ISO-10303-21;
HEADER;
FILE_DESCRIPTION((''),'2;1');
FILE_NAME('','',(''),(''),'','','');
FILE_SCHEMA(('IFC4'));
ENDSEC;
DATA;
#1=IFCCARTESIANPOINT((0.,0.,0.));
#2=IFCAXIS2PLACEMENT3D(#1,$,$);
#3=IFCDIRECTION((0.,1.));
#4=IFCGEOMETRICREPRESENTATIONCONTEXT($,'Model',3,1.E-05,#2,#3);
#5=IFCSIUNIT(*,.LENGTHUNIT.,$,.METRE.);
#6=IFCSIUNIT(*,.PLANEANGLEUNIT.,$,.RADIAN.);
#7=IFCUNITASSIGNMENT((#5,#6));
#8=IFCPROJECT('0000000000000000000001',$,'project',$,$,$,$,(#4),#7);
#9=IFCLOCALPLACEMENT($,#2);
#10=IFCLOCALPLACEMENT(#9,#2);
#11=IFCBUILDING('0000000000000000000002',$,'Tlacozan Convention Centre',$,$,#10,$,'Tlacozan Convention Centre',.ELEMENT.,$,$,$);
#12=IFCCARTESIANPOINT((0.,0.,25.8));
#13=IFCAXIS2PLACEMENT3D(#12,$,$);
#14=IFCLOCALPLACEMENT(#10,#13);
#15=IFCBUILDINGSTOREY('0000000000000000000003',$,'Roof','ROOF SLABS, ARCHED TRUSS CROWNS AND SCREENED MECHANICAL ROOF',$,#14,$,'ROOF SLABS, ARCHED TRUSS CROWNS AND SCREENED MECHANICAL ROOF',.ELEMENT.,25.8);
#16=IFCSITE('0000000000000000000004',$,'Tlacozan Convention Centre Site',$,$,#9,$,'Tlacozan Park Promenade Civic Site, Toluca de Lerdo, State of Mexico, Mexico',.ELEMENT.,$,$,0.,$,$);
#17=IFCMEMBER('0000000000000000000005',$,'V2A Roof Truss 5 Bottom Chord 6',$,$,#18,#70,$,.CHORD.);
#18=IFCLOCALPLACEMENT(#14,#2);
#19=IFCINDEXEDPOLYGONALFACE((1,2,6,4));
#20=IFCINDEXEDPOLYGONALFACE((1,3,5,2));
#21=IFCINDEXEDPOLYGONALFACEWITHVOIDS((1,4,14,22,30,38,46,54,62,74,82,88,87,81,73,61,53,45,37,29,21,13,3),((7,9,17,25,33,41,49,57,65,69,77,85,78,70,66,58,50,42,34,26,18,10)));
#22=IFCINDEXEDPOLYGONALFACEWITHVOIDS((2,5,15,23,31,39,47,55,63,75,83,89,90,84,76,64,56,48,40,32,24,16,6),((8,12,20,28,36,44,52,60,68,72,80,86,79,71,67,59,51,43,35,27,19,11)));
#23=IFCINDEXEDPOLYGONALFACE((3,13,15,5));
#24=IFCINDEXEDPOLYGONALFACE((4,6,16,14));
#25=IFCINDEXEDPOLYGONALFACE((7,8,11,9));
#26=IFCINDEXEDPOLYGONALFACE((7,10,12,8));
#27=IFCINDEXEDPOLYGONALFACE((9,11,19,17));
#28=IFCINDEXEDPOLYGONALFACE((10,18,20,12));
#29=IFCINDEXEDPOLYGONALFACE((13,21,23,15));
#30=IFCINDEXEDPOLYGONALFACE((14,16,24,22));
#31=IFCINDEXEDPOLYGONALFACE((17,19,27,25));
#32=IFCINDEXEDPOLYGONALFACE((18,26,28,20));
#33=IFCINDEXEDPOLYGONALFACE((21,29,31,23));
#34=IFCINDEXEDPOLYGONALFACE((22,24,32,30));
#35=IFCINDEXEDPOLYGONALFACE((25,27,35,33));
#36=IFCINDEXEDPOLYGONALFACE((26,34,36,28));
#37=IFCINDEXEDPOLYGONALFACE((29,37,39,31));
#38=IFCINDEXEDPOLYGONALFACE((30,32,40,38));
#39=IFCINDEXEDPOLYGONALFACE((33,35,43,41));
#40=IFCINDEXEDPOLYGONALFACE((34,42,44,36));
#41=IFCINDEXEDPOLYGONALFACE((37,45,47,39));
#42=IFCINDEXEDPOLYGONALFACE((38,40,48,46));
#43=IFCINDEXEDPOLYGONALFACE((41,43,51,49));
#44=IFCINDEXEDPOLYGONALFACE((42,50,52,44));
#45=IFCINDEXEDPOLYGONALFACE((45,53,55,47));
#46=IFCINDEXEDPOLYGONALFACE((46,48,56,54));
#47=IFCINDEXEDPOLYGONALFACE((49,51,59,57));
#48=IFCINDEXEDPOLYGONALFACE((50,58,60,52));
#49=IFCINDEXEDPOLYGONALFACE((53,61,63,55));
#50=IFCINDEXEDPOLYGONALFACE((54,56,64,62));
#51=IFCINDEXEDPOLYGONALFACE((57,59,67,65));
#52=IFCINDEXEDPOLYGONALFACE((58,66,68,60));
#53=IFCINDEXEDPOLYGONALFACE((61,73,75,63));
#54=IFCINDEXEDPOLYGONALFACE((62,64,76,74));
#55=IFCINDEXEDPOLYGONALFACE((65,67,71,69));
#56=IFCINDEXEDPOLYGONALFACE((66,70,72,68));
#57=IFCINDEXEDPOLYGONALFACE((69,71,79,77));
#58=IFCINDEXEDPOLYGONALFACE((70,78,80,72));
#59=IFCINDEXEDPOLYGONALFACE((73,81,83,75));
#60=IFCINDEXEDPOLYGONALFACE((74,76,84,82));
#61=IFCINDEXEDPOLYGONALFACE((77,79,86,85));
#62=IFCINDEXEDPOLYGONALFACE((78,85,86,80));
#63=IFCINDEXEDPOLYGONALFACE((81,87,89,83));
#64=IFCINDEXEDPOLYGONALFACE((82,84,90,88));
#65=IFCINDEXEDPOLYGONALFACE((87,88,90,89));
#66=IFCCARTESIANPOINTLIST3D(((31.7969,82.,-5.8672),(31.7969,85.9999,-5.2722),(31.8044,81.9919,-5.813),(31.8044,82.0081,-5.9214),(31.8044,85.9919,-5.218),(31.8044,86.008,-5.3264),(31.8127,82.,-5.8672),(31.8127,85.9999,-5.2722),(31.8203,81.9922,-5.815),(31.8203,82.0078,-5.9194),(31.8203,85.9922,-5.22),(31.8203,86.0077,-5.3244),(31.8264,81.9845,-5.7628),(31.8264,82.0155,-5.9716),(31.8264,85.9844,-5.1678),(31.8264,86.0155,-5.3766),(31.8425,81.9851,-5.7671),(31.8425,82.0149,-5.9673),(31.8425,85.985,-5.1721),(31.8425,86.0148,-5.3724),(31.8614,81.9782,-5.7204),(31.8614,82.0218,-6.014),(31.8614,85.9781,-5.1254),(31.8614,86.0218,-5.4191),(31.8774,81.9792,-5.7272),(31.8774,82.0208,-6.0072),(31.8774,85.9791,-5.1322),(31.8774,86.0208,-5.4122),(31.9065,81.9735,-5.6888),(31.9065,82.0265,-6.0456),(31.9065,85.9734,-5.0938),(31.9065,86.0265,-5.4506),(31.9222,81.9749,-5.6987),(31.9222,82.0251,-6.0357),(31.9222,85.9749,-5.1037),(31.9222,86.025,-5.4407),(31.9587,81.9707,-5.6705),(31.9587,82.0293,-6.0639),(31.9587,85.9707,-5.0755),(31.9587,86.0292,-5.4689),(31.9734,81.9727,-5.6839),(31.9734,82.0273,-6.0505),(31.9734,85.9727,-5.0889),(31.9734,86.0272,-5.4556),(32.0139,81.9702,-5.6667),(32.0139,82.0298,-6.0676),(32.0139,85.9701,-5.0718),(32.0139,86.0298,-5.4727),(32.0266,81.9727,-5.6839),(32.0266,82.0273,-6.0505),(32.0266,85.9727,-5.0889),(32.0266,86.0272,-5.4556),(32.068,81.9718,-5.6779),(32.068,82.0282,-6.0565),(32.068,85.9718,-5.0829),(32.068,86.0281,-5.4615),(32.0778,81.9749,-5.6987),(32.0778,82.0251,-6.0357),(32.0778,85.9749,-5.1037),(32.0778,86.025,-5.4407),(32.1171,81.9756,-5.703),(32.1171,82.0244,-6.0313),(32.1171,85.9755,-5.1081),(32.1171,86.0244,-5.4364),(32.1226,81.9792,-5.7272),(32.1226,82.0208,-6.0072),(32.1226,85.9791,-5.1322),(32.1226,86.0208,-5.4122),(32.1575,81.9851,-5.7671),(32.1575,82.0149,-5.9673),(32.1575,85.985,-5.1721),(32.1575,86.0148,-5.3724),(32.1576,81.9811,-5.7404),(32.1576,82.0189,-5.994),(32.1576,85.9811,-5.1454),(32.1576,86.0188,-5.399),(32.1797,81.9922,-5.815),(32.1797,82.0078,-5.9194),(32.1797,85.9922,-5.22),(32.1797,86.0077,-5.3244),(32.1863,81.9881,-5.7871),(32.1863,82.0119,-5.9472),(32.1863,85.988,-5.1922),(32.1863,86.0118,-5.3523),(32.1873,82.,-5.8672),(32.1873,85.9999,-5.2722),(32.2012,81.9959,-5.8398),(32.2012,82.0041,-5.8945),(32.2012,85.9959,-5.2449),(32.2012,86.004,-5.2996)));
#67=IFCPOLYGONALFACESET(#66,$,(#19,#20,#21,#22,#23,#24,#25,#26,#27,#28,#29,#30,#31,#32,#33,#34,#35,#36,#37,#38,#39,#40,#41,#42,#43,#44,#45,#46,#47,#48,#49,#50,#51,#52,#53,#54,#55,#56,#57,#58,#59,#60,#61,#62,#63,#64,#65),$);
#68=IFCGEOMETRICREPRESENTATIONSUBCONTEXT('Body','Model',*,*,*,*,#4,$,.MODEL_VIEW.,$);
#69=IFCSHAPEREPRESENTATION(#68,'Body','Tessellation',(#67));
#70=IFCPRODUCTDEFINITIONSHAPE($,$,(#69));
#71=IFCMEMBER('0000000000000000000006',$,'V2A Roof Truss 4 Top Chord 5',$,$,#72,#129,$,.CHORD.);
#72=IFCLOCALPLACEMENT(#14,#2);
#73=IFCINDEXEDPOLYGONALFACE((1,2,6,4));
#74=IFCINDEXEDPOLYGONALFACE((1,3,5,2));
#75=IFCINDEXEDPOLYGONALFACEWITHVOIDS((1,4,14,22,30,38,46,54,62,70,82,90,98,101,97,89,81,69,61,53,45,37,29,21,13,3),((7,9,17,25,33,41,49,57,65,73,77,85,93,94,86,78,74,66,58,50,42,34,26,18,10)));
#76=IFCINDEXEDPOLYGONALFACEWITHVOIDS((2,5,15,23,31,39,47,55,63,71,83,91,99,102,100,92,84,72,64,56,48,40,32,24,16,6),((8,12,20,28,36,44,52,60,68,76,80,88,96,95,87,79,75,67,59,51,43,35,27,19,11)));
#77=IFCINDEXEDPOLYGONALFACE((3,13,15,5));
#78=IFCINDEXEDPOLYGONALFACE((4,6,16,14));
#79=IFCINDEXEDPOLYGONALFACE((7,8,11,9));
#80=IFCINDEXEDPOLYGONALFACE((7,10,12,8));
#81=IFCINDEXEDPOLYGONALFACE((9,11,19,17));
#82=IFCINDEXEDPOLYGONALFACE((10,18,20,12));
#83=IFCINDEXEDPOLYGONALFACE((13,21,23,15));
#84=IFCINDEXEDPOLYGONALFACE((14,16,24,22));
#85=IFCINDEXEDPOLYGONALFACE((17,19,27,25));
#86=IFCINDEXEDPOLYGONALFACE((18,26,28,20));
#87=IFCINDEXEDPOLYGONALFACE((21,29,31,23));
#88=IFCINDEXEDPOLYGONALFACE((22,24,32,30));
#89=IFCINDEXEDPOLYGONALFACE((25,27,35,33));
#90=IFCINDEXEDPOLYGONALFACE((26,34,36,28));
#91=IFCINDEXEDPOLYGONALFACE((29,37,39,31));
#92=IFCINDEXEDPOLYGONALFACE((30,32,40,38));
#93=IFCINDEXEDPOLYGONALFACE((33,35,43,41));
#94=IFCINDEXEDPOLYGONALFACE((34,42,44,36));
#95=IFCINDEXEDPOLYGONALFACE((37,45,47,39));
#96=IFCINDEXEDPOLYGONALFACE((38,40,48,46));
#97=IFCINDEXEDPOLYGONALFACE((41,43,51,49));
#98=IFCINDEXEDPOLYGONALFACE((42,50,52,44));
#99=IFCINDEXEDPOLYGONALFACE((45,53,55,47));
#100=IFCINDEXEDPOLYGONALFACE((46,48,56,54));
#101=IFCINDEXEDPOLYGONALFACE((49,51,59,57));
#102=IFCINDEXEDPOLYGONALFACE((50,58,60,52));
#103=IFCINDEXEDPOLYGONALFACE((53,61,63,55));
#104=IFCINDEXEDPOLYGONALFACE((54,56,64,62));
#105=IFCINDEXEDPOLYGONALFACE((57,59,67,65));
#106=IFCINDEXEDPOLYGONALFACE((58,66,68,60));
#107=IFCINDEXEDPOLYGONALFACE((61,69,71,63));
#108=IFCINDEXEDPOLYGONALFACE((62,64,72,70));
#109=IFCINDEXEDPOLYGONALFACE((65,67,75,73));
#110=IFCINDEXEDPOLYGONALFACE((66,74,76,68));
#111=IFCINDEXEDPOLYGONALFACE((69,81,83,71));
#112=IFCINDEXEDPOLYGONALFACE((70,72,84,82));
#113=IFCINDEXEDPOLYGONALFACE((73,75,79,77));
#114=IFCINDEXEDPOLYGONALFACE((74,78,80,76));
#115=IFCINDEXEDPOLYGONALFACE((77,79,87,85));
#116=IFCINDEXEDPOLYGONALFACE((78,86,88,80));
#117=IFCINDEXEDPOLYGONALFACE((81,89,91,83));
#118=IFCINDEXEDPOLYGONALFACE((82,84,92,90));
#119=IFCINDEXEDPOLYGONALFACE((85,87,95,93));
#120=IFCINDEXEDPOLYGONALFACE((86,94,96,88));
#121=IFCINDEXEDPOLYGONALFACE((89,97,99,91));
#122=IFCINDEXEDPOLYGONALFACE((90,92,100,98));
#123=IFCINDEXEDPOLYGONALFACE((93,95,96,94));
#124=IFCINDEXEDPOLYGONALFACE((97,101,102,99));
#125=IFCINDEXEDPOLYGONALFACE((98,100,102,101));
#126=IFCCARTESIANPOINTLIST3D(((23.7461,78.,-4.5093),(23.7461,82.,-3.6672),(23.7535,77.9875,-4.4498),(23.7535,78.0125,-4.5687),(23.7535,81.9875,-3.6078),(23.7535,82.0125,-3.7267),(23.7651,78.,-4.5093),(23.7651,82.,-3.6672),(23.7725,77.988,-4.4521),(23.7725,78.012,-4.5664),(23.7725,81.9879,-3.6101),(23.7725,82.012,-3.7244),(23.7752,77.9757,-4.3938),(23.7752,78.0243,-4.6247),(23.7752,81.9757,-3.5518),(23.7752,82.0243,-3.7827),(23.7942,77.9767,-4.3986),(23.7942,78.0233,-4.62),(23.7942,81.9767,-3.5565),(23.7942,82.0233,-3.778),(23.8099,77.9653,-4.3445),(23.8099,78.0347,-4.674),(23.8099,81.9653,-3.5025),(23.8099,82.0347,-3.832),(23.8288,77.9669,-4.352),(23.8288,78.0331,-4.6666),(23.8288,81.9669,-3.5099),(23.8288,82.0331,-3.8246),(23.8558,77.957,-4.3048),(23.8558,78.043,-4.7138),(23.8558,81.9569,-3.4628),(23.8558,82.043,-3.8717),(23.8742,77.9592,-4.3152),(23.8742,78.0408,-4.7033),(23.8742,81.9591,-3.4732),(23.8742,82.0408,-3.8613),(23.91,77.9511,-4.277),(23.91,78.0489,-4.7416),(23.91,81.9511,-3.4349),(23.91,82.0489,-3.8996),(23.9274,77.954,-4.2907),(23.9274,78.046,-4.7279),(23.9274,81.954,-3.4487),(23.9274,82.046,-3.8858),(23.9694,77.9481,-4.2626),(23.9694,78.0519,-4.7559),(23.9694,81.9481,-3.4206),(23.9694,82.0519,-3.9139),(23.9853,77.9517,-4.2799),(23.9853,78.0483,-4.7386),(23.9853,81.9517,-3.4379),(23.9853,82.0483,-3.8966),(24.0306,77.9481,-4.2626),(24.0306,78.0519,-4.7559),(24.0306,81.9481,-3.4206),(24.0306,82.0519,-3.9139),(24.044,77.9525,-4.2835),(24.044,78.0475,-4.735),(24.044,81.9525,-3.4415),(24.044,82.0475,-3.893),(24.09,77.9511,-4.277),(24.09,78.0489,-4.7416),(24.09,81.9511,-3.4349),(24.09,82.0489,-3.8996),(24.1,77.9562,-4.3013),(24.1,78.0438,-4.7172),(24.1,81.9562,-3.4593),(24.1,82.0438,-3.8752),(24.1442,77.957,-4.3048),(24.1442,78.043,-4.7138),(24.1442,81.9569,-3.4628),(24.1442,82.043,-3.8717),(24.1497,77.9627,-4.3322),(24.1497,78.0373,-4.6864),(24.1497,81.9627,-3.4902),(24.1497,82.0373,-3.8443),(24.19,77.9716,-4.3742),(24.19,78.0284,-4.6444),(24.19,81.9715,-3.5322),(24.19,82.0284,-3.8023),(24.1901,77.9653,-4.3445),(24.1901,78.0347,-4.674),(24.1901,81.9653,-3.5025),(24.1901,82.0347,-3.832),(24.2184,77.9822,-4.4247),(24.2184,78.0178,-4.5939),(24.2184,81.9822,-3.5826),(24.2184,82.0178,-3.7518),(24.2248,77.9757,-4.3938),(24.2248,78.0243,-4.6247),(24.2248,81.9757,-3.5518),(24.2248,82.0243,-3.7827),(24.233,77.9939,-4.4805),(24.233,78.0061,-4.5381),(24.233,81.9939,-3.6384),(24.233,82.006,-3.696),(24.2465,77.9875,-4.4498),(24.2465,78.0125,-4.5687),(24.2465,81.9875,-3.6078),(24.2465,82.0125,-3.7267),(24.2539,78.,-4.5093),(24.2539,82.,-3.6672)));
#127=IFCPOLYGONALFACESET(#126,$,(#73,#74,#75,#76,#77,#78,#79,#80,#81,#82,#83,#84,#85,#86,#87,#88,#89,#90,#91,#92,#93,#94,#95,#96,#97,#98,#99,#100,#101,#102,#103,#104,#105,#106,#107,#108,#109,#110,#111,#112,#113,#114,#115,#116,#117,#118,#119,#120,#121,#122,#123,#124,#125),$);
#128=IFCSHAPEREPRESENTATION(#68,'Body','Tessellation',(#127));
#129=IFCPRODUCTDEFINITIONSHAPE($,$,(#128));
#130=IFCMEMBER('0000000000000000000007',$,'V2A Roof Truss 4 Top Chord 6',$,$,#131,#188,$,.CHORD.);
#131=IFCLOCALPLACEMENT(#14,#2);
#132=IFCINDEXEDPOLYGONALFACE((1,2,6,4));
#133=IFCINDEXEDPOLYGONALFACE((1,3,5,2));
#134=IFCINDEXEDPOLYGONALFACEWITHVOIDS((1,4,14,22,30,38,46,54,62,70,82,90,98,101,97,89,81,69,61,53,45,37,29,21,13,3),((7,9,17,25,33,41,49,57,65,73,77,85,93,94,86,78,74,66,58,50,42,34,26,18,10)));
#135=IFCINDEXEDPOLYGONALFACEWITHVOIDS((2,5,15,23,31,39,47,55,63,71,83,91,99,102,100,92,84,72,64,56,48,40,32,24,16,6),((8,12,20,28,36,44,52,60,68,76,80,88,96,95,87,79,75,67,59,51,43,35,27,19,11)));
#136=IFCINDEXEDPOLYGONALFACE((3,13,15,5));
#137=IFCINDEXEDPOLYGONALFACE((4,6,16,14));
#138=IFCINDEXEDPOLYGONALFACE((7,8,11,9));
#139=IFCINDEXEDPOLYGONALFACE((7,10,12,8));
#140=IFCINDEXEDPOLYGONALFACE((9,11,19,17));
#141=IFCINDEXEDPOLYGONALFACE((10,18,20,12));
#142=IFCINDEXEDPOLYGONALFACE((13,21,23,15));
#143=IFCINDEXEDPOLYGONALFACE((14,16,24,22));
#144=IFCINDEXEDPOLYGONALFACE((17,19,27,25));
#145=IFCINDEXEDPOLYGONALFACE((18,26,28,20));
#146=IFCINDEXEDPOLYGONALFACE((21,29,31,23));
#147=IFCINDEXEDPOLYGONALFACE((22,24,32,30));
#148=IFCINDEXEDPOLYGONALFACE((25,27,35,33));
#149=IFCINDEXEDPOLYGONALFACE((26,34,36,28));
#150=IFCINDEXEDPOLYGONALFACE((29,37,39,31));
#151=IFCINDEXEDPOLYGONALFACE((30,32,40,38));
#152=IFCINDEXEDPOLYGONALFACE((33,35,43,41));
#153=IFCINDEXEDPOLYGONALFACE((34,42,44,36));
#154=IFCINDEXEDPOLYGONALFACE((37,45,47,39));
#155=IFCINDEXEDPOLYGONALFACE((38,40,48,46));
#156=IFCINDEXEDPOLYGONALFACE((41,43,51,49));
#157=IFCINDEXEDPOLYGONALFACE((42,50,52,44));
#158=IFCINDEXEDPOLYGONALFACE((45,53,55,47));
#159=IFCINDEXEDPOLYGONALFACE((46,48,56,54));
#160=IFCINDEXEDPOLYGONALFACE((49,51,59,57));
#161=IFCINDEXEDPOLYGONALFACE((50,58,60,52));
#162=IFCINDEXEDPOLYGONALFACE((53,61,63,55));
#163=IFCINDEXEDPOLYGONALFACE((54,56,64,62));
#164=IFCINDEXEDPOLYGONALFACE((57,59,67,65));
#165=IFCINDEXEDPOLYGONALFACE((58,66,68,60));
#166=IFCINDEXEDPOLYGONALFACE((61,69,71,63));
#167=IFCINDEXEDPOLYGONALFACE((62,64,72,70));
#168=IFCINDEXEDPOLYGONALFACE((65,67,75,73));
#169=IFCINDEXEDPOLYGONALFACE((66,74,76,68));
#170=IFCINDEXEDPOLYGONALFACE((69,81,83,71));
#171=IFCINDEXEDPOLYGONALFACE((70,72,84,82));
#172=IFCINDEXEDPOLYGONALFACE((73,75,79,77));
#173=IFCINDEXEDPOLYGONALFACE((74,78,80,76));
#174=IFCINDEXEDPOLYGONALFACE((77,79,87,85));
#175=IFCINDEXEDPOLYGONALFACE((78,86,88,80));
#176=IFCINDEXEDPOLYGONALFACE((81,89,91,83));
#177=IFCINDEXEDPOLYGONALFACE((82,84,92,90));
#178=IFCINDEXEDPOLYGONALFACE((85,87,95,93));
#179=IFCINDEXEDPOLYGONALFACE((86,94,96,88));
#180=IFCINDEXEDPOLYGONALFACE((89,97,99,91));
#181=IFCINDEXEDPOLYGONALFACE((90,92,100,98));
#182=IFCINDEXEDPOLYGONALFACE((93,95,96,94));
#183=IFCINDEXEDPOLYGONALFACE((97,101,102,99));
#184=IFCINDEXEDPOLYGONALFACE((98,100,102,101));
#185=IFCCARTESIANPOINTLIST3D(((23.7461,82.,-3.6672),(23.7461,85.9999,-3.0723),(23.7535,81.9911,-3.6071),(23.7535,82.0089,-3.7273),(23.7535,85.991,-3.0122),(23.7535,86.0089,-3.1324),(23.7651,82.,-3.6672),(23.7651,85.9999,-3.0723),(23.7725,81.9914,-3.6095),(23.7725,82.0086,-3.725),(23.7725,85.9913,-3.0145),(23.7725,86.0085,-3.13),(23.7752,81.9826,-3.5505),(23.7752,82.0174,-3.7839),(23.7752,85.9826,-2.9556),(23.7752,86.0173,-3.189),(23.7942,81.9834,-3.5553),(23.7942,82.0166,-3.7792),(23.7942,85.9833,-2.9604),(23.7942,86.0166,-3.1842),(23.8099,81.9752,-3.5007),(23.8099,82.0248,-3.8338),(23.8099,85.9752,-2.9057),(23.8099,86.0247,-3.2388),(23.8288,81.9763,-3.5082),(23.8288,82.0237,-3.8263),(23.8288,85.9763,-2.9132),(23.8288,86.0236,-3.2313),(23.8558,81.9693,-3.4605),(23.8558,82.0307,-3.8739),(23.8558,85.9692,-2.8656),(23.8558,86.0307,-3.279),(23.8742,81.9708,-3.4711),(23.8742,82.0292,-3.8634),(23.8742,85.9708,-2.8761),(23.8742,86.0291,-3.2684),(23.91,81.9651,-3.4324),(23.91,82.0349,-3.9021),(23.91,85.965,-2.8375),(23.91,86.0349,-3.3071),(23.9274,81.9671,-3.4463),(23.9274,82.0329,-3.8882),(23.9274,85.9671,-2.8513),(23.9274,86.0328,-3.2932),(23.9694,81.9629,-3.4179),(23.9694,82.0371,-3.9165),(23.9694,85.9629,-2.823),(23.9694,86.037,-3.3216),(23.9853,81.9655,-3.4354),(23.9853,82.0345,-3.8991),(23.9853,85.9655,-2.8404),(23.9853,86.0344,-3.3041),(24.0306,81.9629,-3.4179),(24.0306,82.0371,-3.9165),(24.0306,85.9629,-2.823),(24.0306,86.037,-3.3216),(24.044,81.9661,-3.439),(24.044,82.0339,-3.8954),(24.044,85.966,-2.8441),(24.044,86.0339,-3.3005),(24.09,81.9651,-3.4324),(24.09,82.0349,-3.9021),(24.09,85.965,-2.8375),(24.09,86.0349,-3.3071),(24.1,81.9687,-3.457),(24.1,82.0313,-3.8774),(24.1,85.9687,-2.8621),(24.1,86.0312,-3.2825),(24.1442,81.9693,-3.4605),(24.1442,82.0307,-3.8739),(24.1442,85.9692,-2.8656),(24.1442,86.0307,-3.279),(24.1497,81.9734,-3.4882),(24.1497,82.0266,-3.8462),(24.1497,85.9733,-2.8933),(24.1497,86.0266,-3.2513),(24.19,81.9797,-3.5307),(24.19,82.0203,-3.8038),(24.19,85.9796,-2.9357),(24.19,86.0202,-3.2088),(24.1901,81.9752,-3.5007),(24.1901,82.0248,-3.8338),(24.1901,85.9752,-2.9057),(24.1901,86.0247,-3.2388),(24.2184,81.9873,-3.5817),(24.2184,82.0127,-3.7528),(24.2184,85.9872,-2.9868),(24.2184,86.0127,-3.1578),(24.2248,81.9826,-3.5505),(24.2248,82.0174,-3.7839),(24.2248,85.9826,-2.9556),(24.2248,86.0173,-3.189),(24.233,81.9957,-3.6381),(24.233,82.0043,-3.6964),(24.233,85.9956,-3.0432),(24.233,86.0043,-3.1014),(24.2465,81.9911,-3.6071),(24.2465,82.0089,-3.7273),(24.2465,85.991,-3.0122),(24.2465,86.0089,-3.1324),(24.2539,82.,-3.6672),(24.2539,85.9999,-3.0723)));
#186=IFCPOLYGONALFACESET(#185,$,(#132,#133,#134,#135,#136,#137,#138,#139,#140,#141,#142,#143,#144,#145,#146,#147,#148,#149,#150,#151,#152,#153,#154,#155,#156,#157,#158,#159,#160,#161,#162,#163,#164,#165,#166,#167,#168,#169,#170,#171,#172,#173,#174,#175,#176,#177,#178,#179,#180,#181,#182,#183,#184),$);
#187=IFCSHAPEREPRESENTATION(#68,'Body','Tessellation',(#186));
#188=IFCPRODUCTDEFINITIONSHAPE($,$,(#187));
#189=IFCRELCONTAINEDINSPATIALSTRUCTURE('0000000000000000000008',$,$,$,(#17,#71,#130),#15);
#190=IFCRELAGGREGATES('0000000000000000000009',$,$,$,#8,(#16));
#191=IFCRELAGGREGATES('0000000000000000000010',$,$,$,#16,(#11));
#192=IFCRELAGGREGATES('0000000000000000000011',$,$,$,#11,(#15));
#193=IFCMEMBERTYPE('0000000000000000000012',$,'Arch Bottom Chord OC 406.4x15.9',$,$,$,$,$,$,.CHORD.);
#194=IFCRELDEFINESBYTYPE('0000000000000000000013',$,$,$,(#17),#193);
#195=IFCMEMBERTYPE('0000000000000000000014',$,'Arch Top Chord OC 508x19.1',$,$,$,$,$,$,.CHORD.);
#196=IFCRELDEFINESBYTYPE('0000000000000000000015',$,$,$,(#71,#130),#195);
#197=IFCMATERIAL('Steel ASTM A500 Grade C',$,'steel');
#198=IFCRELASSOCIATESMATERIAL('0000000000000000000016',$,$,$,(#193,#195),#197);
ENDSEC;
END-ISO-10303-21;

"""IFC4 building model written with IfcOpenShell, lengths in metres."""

from ifc_helpers import new_model, si_unit, direction, frame, origin, origin_2d, place, context, subcontext, project, spatial, hollow_circle, extrude, material, material_profile, profile_set, type_object, element, save


model = new_model("IFC4")

# Units and contexts
model_context = context("Model", 3, precision=1e-05, world=origin(), true_north=direction((0.0, 1.0)))
body_context = subcontext(model_context, "Body", "Model", "MODEL_VIEW")
ifc_project = project(units=[si_unit("LENGTHUNIT", "METRE"), si_unit("PLANEANGLEUNIT", "RADIAN")], contexts=[model_context])

# Site, building, storey
site_placement = place(None, origin())
site = spatial("IfcSite", under=ifc_project, at=site_placement, Name="Tlacozan Convention Centre Site", LongName="Tlacozan Park Promenade Civic Site, Toluca de Lerdo, State of Mexico, Mexico", CompositionType="ELEMENT", RefElevation=0.0)
building_placement = place(site_placement, origin())
building = spatial("IfcBuilding", under=site, at=building_placement, Name="Tlacozan Convention Centre", LongName="Tlacozan Convention Centre", CompositionType="ELEMENT")
storey_placement = place(building_placement, frame((0.0, 0.0, 25.8)))
storey = spatial("IfcBuildingStorey", under=building, at=storey_placement, Name="Roof", Description="ROOF SLABS, ARCHED TRUSS CROWNS AND SCREENED MECHANICAL ROOF", LongName="ROOF SLABS, ARCHED TRUSS CROWNS AND SCREENED MECHANICAL ROOF", CompositionType="ELEMENT", Elevation=25.8)

# Members
ifc_material_1 = material(Name="Steel ASTM A500 Grade C", Category="steel")
ifc_material_profile_1 = material_profile(ifc_material_1, hollow_circle(Radius=0.2031, WallThickness=0.0159, at=origin_2d()), Name="OC 406.4x15.9")
ifc_profile_set_1 = profile_set([ifc_material_profile_1], Name="Steel ASTM A500 Grade C")
member_type_1 = type_object("IfcMemberType", Name="Arch Bottom Chord OC 406.4x15.9", PredefinedType="CHORD", material=ifc_profile_set_1)
member_1_placement = place(storey_placement, frame((32.0, 82.0, -5.8672), z_axis=(0.0, 0.989118, 0.147124), x_axis=(-1.0, 0.0, 0.0)))
element("IfcMember", 1, at=member_1_placement, inside=storey, type_object=member_type_1, Name="V2A Roof Truss 5 Bottom Chord 6", PredefinedType="CHORD", context=body_context, shape_type="SweptSolid", body=[
    extrude(hollow_circle(Radius=0.2031, WallThickness=0.0159, at=origin_2d()), origin(), (0.0, 0.0, 1.0), 4.0439),
])
ifc_material_profile_2 = material_profile(ifc_material_1, hollow_circle(Radius=0.2539, WallThickness=0.019, at=origin_2d()), Name="OC 508.0x19.1")
ifc_profile_set_2 = profile_set([ifc_material_profile_2], Name="Steel ASTM A500 Grade C")
member_type_2 = type_object("IfcMemberType", Name="Arch Top Chord OC 508x19.1", PredefinedType="CHORD", material=ifc_profile_set_2)
member_2_placement = place(storey_placement, frame((24.0, 78.0, -4.5093), z_axis=(0.0, 0.978553, 0.205995), x_axis=(-1.0, 0.0, 0.0)))
element("IfcMember", 2, at=member_2_placement, inside=storey, type_object=member_type_2, Name="V2A Roof Truss 4 Top Chord 5", PredefinedType="CHORD", context=body_context, shape_type="SweptSolid", body=[
    extrude(hollow_circle(Radius=0.2539, WallThickness=0.019, at=origin_2d()), origin(), (0.0, 0.0, 1.0), 4.0876),
])
member_3_placement = place(storey_placement, frame((24.0, 82.0, -3.6672), z_axis=(0.0, 0.989118, 0.147124), x_axis=(-1.0, 0.0, 0.0)))
element("IfcMember", 3, at=member_3_placement, inside=storey, type_object=member_type_2, Name="V2A Roof Truss 4 Top Chord 6", PredefinedType="CHORD", context=body_context, shape_type="SweptSolid", body=[
    extrude(hollow_circle(Radius=0.2539, WallThickness=0.019, at=origin_2d()), origin(), (0.0, 0.0, 1.0), 4.0439),
])

save(model, "model.ifc")
